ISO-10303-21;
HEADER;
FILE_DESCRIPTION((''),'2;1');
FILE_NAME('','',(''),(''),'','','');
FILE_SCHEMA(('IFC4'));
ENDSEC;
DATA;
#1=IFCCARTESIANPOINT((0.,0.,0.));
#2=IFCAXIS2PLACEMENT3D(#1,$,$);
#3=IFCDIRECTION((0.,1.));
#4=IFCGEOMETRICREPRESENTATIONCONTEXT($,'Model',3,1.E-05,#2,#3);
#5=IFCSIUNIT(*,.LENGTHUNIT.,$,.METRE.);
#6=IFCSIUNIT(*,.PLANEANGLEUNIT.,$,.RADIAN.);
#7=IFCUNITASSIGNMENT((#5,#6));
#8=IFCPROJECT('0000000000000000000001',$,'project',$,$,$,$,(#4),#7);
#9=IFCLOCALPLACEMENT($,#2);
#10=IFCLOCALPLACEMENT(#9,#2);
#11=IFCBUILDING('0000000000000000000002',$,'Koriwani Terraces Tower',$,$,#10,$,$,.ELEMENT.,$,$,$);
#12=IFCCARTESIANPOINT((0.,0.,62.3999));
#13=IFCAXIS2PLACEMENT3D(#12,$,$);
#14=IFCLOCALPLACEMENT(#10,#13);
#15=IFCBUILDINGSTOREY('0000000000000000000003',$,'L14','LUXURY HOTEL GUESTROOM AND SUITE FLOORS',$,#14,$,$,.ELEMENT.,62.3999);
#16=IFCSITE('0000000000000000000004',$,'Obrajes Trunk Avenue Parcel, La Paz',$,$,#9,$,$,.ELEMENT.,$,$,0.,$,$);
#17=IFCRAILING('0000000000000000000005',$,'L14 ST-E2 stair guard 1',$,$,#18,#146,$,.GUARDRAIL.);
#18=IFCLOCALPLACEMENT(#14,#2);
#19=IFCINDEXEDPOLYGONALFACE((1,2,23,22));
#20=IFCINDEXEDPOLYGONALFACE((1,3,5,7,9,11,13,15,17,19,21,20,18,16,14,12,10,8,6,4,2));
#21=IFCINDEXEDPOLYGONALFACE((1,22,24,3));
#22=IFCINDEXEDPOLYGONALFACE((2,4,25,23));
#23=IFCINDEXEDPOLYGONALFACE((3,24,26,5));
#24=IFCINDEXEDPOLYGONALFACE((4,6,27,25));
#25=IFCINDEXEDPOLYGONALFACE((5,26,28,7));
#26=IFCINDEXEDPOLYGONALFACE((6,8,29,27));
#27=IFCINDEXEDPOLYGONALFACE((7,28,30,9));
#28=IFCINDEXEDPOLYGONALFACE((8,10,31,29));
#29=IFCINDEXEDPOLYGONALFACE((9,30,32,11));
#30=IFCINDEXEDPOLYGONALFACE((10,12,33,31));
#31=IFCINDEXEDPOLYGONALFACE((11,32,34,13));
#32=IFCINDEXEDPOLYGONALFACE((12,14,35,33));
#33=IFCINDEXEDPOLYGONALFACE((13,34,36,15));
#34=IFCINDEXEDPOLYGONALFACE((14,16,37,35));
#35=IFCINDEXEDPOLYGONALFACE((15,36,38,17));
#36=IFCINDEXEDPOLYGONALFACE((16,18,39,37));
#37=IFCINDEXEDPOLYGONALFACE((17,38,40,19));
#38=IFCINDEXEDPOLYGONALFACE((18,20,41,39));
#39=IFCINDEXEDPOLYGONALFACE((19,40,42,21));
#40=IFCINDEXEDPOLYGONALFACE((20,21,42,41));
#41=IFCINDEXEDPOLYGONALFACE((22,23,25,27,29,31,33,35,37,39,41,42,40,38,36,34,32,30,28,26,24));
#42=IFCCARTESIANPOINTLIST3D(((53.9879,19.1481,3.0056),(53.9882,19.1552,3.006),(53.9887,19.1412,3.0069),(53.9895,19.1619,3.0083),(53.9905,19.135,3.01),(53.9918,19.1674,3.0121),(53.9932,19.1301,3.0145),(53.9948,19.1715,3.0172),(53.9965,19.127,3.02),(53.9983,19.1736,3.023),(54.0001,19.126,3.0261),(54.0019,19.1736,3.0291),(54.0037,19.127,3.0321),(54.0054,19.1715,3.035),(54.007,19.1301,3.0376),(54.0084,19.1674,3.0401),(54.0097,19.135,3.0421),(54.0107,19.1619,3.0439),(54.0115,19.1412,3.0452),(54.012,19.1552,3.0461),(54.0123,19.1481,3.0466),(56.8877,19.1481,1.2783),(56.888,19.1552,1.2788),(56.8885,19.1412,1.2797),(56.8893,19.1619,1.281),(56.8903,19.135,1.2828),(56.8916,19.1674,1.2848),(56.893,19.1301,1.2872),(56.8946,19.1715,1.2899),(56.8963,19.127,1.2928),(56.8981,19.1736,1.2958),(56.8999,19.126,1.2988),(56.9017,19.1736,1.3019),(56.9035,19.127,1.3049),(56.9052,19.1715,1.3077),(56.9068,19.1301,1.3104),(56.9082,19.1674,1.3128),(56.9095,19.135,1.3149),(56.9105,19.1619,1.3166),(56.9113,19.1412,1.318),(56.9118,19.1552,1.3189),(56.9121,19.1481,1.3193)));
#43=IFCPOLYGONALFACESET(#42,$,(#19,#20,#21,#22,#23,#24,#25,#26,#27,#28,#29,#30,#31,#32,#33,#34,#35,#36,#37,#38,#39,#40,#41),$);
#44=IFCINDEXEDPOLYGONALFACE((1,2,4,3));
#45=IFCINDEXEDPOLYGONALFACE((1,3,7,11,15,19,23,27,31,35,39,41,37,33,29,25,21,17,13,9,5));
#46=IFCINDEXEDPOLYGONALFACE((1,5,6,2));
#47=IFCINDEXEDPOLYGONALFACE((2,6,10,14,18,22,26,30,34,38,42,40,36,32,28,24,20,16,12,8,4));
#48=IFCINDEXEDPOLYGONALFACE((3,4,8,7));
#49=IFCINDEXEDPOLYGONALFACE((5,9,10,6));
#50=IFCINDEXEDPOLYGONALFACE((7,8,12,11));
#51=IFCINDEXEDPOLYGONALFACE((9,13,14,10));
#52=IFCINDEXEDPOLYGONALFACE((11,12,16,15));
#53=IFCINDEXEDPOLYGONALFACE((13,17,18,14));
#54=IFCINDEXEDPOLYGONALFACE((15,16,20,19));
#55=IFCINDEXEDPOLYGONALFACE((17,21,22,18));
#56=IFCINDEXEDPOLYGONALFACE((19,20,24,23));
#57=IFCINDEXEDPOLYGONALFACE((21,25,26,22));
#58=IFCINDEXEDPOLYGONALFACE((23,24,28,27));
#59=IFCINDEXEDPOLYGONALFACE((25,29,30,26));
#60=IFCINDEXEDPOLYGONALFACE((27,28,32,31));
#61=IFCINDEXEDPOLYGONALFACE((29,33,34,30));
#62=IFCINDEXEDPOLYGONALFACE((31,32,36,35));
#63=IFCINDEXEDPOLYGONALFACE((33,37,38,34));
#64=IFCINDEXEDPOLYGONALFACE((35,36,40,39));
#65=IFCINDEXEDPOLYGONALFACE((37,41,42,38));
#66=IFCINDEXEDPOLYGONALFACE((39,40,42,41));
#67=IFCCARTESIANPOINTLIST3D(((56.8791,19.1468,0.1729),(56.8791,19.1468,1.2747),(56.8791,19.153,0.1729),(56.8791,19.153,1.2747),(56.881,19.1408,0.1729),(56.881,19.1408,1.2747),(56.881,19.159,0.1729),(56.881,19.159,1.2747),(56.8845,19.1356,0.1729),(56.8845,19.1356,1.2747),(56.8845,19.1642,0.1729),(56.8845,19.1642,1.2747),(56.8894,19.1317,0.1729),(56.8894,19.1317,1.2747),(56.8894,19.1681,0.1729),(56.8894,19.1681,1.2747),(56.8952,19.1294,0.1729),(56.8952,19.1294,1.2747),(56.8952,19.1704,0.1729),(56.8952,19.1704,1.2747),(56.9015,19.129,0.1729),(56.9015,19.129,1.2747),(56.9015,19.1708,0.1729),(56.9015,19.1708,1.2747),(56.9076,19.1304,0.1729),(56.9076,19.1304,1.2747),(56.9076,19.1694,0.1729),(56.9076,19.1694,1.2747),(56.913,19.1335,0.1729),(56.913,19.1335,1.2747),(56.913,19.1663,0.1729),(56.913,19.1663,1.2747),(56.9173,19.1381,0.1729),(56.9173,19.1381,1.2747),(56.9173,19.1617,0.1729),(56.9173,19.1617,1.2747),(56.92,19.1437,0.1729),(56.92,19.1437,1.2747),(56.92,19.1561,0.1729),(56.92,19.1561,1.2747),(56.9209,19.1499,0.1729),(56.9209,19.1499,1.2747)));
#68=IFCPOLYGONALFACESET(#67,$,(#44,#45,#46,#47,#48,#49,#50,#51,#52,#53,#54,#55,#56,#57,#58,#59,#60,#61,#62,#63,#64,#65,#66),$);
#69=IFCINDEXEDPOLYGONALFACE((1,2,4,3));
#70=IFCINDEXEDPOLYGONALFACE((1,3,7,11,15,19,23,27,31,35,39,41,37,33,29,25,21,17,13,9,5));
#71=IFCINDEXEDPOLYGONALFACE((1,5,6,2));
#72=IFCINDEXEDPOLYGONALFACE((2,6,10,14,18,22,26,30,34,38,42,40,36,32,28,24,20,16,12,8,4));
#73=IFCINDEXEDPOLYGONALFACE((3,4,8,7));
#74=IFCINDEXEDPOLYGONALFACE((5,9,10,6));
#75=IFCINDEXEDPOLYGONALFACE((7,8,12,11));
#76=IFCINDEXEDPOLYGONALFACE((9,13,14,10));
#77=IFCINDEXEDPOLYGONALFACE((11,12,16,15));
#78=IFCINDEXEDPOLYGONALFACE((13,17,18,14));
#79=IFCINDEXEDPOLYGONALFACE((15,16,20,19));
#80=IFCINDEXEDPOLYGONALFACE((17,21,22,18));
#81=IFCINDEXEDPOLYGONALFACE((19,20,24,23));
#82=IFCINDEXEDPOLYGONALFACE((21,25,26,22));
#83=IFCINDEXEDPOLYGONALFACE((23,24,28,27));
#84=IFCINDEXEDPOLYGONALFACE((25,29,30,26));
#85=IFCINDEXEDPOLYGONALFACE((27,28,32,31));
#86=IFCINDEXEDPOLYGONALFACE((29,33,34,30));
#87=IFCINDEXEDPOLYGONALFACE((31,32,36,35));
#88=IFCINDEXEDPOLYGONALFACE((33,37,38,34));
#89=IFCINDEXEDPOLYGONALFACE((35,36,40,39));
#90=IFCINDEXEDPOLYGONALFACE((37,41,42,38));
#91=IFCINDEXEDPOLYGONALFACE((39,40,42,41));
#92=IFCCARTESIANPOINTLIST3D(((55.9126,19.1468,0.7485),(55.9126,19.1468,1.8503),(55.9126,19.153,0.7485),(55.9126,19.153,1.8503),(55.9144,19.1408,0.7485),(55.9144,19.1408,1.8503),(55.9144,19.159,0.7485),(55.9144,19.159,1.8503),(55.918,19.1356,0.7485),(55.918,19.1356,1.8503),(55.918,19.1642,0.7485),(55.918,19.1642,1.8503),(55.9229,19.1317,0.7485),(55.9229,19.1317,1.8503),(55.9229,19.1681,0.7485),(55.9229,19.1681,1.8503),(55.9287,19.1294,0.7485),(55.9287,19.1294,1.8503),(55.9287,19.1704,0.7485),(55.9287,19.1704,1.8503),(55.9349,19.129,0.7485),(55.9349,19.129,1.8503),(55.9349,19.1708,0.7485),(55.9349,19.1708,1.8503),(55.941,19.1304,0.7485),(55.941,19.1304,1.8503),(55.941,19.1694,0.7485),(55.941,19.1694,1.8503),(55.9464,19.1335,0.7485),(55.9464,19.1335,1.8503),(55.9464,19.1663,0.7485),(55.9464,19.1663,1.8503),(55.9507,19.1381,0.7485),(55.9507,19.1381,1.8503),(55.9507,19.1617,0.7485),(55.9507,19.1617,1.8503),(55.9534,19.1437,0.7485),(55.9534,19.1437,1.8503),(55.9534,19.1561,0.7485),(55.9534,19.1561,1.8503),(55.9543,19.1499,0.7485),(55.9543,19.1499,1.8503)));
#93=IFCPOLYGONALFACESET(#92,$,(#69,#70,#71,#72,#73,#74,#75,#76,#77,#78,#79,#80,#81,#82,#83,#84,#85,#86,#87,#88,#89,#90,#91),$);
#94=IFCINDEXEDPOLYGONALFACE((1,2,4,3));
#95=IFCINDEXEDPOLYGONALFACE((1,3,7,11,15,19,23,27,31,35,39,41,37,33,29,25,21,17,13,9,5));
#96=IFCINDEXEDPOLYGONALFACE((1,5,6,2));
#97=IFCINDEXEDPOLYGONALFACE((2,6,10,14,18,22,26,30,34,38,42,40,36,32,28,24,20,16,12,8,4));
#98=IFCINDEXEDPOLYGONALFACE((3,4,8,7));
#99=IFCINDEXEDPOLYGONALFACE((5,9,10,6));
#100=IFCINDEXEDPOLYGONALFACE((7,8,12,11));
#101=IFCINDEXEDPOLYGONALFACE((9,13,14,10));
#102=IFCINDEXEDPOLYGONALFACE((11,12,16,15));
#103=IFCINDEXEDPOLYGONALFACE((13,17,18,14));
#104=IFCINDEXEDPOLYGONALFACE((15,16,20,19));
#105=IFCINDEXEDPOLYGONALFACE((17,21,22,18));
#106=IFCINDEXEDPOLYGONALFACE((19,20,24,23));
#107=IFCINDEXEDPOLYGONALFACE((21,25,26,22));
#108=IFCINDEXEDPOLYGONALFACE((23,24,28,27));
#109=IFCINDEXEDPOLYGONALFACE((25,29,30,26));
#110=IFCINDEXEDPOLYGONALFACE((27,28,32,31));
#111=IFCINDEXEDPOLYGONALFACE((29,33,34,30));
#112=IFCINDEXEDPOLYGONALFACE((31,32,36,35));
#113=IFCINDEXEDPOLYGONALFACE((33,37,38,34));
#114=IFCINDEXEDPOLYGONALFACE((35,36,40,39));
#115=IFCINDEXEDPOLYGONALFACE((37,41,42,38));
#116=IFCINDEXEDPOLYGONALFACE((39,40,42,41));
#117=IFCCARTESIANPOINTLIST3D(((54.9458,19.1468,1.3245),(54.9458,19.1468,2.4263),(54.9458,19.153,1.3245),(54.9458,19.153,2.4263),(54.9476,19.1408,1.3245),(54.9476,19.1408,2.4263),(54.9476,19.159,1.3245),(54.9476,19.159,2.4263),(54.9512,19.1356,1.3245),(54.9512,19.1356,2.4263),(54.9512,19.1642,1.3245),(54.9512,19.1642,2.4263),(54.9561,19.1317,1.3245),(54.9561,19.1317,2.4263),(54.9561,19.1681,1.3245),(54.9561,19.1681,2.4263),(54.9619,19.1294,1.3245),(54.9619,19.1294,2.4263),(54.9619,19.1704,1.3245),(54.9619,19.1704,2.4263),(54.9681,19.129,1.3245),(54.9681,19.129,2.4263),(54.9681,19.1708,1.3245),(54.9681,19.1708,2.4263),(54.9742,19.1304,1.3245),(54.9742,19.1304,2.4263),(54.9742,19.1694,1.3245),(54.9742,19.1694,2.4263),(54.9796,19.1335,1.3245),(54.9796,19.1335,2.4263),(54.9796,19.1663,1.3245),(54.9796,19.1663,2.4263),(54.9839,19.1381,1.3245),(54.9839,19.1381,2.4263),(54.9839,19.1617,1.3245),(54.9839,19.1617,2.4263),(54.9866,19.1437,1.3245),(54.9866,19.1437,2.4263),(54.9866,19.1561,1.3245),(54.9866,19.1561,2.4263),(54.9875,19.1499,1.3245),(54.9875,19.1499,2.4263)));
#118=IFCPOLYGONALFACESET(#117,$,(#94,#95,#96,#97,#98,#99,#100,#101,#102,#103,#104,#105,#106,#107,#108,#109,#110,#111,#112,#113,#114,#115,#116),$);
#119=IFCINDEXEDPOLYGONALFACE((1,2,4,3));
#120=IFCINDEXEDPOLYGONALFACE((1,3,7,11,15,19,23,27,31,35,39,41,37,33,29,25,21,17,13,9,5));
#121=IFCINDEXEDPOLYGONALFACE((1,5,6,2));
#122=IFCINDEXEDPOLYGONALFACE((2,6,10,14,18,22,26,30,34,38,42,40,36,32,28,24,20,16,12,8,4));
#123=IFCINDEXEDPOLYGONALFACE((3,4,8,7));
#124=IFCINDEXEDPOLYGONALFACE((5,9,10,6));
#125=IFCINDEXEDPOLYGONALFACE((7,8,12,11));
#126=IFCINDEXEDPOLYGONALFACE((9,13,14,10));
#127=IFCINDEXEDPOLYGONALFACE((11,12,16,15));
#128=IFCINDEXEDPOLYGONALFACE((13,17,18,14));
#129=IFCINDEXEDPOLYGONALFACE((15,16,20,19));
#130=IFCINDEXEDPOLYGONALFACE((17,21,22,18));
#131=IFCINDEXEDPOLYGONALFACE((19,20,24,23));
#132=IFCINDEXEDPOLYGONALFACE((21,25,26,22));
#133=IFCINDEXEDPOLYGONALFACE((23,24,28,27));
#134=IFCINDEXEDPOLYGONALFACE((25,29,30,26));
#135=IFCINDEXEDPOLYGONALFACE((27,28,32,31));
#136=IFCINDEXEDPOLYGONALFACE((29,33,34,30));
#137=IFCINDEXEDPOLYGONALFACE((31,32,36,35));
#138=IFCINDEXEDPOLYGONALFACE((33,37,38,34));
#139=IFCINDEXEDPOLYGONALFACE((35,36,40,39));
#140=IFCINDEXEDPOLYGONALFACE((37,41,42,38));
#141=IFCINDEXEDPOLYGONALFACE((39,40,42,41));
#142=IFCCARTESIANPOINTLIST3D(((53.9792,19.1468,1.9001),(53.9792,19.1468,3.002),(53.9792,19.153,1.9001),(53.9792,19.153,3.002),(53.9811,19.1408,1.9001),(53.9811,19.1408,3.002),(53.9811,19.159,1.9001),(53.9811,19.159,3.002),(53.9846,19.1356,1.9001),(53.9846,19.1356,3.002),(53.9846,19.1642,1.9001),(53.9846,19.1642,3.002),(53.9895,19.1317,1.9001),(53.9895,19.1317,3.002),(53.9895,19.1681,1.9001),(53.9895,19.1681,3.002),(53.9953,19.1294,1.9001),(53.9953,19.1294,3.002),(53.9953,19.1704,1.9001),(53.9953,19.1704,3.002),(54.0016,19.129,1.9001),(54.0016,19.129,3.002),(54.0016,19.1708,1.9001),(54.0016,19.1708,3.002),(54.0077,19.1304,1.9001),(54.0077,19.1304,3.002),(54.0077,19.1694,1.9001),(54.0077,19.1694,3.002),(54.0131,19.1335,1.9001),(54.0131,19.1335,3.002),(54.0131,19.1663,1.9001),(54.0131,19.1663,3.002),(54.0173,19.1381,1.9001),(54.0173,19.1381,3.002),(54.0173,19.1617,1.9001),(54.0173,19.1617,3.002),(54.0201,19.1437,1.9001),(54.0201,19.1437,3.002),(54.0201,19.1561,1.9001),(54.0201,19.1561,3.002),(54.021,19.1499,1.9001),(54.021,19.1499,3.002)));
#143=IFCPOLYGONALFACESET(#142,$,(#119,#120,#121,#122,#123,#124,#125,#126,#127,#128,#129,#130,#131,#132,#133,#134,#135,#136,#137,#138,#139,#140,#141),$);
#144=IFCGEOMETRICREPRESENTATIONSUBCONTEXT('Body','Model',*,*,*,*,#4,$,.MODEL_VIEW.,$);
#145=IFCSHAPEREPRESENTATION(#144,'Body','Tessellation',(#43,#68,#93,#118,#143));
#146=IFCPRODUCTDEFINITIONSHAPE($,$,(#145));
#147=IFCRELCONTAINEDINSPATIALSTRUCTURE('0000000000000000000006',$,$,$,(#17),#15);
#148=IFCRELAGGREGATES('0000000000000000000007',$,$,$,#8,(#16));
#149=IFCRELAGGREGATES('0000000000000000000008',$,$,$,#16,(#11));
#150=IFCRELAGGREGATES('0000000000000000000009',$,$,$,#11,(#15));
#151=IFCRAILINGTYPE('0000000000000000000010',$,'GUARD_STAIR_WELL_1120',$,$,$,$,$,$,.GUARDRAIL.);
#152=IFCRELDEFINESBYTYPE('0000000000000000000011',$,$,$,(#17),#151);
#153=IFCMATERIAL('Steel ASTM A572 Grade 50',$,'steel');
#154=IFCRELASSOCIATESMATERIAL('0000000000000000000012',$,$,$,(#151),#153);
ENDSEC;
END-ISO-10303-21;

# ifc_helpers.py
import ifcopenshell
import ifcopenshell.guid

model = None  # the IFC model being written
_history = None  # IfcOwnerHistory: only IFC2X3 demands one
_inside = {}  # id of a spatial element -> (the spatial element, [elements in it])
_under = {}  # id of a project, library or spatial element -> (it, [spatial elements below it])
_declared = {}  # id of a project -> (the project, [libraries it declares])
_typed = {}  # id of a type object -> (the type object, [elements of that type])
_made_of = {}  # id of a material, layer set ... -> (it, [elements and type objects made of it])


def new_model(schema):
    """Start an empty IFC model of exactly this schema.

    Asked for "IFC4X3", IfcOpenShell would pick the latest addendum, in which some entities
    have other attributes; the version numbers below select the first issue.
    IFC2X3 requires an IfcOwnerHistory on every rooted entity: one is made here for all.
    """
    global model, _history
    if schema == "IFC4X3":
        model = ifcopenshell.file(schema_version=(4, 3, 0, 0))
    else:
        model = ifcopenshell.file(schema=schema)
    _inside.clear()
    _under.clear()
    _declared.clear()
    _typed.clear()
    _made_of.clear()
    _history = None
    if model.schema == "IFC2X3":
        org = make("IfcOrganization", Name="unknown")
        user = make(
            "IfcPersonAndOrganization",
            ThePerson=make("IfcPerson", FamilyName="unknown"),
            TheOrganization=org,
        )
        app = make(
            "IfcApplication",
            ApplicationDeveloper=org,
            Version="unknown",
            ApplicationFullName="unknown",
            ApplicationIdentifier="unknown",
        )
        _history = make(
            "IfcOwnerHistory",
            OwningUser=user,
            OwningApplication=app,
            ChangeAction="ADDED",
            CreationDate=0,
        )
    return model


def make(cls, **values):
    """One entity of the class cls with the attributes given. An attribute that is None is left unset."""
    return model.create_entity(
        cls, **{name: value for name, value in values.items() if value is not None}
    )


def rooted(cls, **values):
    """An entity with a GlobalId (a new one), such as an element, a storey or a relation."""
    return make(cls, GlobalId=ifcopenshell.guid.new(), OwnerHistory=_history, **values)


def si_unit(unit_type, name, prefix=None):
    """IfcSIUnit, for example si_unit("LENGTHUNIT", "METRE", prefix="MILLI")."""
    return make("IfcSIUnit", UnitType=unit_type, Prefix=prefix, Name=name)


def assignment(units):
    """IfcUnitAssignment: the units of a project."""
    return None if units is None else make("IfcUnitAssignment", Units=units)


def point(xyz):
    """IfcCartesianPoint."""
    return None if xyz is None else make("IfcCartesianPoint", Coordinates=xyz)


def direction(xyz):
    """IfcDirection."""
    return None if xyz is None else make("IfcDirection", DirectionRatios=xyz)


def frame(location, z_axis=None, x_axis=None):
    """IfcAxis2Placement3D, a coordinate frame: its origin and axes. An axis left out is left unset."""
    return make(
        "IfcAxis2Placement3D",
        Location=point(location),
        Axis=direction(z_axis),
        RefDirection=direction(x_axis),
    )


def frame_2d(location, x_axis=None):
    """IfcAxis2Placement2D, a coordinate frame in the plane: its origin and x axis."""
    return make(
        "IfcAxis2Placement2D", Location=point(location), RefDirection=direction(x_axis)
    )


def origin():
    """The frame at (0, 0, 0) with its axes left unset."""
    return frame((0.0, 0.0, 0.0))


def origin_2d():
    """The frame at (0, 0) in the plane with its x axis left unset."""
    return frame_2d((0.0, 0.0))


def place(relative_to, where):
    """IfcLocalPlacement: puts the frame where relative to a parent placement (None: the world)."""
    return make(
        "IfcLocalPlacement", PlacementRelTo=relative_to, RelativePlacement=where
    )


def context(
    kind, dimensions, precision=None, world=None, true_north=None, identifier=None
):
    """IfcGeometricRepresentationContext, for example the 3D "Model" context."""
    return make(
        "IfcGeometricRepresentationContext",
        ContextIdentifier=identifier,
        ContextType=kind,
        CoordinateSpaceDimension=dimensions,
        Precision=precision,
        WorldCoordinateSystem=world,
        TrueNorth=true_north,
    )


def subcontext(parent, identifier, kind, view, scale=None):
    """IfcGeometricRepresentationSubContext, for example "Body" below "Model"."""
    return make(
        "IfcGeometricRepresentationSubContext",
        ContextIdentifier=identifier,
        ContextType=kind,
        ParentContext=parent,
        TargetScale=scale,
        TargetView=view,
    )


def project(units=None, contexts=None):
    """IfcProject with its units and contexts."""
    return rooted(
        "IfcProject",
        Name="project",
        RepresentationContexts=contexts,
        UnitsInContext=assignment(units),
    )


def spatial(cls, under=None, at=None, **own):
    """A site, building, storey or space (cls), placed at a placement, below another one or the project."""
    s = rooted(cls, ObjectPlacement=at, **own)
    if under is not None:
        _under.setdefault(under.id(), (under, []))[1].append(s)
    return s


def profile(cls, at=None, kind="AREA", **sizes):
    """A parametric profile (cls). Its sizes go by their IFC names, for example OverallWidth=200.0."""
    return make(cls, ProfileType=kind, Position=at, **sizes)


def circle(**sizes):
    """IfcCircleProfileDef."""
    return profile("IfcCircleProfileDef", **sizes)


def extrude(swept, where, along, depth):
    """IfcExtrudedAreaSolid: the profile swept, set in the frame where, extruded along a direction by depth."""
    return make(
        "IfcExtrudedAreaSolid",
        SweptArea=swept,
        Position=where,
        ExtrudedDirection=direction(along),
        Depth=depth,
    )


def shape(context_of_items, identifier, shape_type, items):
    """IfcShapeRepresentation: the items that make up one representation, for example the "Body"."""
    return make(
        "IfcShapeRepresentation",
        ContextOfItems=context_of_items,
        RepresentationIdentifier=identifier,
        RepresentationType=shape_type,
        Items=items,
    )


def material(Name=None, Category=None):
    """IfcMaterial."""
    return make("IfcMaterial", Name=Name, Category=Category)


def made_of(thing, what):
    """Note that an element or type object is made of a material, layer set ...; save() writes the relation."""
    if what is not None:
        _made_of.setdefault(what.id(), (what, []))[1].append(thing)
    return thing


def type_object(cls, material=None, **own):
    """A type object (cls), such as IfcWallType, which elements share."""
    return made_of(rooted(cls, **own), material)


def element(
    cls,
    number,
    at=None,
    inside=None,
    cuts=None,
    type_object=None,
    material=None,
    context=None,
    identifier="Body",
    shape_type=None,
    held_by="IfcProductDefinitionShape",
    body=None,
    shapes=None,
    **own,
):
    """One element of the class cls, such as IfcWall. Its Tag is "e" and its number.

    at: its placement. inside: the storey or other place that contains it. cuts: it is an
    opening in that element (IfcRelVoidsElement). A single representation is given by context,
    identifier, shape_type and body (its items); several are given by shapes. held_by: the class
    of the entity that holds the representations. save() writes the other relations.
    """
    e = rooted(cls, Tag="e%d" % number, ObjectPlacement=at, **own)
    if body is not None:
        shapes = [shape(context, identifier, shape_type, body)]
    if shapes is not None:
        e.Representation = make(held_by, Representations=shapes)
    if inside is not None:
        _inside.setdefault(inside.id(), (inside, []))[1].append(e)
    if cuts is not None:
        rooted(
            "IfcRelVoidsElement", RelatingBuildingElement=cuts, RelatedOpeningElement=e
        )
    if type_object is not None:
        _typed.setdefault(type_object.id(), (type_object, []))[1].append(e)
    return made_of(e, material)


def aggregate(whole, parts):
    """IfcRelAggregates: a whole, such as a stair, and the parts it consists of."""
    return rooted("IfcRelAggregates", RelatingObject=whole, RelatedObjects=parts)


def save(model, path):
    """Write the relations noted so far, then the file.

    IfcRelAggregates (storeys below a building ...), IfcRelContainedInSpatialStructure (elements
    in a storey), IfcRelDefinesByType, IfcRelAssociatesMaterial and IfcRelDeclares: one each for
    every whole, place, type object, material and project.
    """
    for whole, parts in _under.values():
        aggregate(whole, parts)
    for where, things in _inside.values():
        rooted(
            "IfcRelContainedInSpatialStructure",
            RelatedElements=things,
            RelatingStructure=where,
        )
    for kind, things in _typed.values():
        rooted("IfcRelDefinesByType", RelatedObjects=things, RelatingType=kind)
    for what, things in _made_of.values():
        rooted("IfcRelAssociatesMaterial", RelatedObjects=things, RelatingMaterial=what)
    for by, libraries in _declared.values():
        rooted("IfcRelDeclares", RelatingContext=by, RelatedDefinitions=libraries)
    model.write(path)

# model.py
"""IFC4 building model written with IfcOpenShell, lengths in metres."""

from ifc_helpers import new_model, si_unit, direction, frame, origin, origin_2d, place, context, subcontext, project, spatial, circle, extrude, material, type_object, element, save


model = new_model("IFC4")

# Units and contexts
model_context = context("Model", 3, precision=1e-05, world=origin(), true_north=direction((0.0, 1.0)))
body_context = subcontext(model_context, "Body", "Model", "MODEL_VIEW")
ifc_project = project(units=[si_unit("LENGTHUNIT", "METRE"), si_unit("PLANEANGLEUNIT", "RADIAN")], contexts=[model_context])

# Site, building, storey
site_placement = place(None, origin())
site = spatial("IfcSite", under=ifc_project, at=site_placement, Name="Obrajes Trunk Avenue Parcel, La Paz", CompositionType="ELEMENT", RefElevation=0.0)
building_placement = place(site_placement, origin())
building = spatial("IfcBuilding", under=site, at=building_placement, Name="Koriwani Terraces Tower", CompositionType="ELEMENT")
storey_placement = place(building_placement, frame((0.0, 0.0, 62.3999)))
storey = spatial("IfcBuildingStorey", under=building, at=storey_placement, Name="L14", Description="LUXURY HOTEL GUESTROOM AND SUITE FLOORS", CompositionType="ELEMENT", Elevation=62.3999)

# Shared definitions
ifc_material_1 = material(Name="Steel ASTM A572 Grade 50", Category="steel")

# Railing
railing_type_1 = type_object("IfcRailingType", Name="GUARD_STAIR_WELL_1120", PredefinedType="GUARDRAIL", material=ifc_material_1)
for number, where, name in (
    (1, (56.8999, 19.1499, 0.1729), "L14 ST-E2 stair guard 1"),
):
    element("IfcRailing", number, at=place(storey_placement, frame(where)), inside=storey, type_object=railing_type_1, Name=name, PredefinedType="GUARDRAIL", context=body_context, shape_type="SweptSolid", body=[
        extrude(circle(Radius=0.0239, at=origin_2d()), frame((0.0, 0.0, 1.126), z_axis=(-0.859141, 0.0, 0.511738), x_axis=(0.0, -1.0, 0.0)), (0.0, 0.0, 1.0), 3.3752),
        extrude(circle(Radius=0.021, at=origin_2d()), origin(), (0.0, 0.0, 1.0), 1.1018),
        extrude(circle(Radius=0.021, at=origin_2d()), frame((-0.9666, 0.0, 0.5757)), (0.0, 0.0, 1.0), 1.1018),
        extrude(circle(Radius=0.021, at=origin_2d()), frame((-1.9333, 0.0, 1.1516)), (0.0, 0.0, 1.0), 1.1018),
        extrude(circle(Radius=0.021, at=origin_2d()), frame((-2.8999, 0.0, 1.7273)), (0.0, 0.0, 1.0), 1.1018),
    ])

save(model, "model.ifc")
